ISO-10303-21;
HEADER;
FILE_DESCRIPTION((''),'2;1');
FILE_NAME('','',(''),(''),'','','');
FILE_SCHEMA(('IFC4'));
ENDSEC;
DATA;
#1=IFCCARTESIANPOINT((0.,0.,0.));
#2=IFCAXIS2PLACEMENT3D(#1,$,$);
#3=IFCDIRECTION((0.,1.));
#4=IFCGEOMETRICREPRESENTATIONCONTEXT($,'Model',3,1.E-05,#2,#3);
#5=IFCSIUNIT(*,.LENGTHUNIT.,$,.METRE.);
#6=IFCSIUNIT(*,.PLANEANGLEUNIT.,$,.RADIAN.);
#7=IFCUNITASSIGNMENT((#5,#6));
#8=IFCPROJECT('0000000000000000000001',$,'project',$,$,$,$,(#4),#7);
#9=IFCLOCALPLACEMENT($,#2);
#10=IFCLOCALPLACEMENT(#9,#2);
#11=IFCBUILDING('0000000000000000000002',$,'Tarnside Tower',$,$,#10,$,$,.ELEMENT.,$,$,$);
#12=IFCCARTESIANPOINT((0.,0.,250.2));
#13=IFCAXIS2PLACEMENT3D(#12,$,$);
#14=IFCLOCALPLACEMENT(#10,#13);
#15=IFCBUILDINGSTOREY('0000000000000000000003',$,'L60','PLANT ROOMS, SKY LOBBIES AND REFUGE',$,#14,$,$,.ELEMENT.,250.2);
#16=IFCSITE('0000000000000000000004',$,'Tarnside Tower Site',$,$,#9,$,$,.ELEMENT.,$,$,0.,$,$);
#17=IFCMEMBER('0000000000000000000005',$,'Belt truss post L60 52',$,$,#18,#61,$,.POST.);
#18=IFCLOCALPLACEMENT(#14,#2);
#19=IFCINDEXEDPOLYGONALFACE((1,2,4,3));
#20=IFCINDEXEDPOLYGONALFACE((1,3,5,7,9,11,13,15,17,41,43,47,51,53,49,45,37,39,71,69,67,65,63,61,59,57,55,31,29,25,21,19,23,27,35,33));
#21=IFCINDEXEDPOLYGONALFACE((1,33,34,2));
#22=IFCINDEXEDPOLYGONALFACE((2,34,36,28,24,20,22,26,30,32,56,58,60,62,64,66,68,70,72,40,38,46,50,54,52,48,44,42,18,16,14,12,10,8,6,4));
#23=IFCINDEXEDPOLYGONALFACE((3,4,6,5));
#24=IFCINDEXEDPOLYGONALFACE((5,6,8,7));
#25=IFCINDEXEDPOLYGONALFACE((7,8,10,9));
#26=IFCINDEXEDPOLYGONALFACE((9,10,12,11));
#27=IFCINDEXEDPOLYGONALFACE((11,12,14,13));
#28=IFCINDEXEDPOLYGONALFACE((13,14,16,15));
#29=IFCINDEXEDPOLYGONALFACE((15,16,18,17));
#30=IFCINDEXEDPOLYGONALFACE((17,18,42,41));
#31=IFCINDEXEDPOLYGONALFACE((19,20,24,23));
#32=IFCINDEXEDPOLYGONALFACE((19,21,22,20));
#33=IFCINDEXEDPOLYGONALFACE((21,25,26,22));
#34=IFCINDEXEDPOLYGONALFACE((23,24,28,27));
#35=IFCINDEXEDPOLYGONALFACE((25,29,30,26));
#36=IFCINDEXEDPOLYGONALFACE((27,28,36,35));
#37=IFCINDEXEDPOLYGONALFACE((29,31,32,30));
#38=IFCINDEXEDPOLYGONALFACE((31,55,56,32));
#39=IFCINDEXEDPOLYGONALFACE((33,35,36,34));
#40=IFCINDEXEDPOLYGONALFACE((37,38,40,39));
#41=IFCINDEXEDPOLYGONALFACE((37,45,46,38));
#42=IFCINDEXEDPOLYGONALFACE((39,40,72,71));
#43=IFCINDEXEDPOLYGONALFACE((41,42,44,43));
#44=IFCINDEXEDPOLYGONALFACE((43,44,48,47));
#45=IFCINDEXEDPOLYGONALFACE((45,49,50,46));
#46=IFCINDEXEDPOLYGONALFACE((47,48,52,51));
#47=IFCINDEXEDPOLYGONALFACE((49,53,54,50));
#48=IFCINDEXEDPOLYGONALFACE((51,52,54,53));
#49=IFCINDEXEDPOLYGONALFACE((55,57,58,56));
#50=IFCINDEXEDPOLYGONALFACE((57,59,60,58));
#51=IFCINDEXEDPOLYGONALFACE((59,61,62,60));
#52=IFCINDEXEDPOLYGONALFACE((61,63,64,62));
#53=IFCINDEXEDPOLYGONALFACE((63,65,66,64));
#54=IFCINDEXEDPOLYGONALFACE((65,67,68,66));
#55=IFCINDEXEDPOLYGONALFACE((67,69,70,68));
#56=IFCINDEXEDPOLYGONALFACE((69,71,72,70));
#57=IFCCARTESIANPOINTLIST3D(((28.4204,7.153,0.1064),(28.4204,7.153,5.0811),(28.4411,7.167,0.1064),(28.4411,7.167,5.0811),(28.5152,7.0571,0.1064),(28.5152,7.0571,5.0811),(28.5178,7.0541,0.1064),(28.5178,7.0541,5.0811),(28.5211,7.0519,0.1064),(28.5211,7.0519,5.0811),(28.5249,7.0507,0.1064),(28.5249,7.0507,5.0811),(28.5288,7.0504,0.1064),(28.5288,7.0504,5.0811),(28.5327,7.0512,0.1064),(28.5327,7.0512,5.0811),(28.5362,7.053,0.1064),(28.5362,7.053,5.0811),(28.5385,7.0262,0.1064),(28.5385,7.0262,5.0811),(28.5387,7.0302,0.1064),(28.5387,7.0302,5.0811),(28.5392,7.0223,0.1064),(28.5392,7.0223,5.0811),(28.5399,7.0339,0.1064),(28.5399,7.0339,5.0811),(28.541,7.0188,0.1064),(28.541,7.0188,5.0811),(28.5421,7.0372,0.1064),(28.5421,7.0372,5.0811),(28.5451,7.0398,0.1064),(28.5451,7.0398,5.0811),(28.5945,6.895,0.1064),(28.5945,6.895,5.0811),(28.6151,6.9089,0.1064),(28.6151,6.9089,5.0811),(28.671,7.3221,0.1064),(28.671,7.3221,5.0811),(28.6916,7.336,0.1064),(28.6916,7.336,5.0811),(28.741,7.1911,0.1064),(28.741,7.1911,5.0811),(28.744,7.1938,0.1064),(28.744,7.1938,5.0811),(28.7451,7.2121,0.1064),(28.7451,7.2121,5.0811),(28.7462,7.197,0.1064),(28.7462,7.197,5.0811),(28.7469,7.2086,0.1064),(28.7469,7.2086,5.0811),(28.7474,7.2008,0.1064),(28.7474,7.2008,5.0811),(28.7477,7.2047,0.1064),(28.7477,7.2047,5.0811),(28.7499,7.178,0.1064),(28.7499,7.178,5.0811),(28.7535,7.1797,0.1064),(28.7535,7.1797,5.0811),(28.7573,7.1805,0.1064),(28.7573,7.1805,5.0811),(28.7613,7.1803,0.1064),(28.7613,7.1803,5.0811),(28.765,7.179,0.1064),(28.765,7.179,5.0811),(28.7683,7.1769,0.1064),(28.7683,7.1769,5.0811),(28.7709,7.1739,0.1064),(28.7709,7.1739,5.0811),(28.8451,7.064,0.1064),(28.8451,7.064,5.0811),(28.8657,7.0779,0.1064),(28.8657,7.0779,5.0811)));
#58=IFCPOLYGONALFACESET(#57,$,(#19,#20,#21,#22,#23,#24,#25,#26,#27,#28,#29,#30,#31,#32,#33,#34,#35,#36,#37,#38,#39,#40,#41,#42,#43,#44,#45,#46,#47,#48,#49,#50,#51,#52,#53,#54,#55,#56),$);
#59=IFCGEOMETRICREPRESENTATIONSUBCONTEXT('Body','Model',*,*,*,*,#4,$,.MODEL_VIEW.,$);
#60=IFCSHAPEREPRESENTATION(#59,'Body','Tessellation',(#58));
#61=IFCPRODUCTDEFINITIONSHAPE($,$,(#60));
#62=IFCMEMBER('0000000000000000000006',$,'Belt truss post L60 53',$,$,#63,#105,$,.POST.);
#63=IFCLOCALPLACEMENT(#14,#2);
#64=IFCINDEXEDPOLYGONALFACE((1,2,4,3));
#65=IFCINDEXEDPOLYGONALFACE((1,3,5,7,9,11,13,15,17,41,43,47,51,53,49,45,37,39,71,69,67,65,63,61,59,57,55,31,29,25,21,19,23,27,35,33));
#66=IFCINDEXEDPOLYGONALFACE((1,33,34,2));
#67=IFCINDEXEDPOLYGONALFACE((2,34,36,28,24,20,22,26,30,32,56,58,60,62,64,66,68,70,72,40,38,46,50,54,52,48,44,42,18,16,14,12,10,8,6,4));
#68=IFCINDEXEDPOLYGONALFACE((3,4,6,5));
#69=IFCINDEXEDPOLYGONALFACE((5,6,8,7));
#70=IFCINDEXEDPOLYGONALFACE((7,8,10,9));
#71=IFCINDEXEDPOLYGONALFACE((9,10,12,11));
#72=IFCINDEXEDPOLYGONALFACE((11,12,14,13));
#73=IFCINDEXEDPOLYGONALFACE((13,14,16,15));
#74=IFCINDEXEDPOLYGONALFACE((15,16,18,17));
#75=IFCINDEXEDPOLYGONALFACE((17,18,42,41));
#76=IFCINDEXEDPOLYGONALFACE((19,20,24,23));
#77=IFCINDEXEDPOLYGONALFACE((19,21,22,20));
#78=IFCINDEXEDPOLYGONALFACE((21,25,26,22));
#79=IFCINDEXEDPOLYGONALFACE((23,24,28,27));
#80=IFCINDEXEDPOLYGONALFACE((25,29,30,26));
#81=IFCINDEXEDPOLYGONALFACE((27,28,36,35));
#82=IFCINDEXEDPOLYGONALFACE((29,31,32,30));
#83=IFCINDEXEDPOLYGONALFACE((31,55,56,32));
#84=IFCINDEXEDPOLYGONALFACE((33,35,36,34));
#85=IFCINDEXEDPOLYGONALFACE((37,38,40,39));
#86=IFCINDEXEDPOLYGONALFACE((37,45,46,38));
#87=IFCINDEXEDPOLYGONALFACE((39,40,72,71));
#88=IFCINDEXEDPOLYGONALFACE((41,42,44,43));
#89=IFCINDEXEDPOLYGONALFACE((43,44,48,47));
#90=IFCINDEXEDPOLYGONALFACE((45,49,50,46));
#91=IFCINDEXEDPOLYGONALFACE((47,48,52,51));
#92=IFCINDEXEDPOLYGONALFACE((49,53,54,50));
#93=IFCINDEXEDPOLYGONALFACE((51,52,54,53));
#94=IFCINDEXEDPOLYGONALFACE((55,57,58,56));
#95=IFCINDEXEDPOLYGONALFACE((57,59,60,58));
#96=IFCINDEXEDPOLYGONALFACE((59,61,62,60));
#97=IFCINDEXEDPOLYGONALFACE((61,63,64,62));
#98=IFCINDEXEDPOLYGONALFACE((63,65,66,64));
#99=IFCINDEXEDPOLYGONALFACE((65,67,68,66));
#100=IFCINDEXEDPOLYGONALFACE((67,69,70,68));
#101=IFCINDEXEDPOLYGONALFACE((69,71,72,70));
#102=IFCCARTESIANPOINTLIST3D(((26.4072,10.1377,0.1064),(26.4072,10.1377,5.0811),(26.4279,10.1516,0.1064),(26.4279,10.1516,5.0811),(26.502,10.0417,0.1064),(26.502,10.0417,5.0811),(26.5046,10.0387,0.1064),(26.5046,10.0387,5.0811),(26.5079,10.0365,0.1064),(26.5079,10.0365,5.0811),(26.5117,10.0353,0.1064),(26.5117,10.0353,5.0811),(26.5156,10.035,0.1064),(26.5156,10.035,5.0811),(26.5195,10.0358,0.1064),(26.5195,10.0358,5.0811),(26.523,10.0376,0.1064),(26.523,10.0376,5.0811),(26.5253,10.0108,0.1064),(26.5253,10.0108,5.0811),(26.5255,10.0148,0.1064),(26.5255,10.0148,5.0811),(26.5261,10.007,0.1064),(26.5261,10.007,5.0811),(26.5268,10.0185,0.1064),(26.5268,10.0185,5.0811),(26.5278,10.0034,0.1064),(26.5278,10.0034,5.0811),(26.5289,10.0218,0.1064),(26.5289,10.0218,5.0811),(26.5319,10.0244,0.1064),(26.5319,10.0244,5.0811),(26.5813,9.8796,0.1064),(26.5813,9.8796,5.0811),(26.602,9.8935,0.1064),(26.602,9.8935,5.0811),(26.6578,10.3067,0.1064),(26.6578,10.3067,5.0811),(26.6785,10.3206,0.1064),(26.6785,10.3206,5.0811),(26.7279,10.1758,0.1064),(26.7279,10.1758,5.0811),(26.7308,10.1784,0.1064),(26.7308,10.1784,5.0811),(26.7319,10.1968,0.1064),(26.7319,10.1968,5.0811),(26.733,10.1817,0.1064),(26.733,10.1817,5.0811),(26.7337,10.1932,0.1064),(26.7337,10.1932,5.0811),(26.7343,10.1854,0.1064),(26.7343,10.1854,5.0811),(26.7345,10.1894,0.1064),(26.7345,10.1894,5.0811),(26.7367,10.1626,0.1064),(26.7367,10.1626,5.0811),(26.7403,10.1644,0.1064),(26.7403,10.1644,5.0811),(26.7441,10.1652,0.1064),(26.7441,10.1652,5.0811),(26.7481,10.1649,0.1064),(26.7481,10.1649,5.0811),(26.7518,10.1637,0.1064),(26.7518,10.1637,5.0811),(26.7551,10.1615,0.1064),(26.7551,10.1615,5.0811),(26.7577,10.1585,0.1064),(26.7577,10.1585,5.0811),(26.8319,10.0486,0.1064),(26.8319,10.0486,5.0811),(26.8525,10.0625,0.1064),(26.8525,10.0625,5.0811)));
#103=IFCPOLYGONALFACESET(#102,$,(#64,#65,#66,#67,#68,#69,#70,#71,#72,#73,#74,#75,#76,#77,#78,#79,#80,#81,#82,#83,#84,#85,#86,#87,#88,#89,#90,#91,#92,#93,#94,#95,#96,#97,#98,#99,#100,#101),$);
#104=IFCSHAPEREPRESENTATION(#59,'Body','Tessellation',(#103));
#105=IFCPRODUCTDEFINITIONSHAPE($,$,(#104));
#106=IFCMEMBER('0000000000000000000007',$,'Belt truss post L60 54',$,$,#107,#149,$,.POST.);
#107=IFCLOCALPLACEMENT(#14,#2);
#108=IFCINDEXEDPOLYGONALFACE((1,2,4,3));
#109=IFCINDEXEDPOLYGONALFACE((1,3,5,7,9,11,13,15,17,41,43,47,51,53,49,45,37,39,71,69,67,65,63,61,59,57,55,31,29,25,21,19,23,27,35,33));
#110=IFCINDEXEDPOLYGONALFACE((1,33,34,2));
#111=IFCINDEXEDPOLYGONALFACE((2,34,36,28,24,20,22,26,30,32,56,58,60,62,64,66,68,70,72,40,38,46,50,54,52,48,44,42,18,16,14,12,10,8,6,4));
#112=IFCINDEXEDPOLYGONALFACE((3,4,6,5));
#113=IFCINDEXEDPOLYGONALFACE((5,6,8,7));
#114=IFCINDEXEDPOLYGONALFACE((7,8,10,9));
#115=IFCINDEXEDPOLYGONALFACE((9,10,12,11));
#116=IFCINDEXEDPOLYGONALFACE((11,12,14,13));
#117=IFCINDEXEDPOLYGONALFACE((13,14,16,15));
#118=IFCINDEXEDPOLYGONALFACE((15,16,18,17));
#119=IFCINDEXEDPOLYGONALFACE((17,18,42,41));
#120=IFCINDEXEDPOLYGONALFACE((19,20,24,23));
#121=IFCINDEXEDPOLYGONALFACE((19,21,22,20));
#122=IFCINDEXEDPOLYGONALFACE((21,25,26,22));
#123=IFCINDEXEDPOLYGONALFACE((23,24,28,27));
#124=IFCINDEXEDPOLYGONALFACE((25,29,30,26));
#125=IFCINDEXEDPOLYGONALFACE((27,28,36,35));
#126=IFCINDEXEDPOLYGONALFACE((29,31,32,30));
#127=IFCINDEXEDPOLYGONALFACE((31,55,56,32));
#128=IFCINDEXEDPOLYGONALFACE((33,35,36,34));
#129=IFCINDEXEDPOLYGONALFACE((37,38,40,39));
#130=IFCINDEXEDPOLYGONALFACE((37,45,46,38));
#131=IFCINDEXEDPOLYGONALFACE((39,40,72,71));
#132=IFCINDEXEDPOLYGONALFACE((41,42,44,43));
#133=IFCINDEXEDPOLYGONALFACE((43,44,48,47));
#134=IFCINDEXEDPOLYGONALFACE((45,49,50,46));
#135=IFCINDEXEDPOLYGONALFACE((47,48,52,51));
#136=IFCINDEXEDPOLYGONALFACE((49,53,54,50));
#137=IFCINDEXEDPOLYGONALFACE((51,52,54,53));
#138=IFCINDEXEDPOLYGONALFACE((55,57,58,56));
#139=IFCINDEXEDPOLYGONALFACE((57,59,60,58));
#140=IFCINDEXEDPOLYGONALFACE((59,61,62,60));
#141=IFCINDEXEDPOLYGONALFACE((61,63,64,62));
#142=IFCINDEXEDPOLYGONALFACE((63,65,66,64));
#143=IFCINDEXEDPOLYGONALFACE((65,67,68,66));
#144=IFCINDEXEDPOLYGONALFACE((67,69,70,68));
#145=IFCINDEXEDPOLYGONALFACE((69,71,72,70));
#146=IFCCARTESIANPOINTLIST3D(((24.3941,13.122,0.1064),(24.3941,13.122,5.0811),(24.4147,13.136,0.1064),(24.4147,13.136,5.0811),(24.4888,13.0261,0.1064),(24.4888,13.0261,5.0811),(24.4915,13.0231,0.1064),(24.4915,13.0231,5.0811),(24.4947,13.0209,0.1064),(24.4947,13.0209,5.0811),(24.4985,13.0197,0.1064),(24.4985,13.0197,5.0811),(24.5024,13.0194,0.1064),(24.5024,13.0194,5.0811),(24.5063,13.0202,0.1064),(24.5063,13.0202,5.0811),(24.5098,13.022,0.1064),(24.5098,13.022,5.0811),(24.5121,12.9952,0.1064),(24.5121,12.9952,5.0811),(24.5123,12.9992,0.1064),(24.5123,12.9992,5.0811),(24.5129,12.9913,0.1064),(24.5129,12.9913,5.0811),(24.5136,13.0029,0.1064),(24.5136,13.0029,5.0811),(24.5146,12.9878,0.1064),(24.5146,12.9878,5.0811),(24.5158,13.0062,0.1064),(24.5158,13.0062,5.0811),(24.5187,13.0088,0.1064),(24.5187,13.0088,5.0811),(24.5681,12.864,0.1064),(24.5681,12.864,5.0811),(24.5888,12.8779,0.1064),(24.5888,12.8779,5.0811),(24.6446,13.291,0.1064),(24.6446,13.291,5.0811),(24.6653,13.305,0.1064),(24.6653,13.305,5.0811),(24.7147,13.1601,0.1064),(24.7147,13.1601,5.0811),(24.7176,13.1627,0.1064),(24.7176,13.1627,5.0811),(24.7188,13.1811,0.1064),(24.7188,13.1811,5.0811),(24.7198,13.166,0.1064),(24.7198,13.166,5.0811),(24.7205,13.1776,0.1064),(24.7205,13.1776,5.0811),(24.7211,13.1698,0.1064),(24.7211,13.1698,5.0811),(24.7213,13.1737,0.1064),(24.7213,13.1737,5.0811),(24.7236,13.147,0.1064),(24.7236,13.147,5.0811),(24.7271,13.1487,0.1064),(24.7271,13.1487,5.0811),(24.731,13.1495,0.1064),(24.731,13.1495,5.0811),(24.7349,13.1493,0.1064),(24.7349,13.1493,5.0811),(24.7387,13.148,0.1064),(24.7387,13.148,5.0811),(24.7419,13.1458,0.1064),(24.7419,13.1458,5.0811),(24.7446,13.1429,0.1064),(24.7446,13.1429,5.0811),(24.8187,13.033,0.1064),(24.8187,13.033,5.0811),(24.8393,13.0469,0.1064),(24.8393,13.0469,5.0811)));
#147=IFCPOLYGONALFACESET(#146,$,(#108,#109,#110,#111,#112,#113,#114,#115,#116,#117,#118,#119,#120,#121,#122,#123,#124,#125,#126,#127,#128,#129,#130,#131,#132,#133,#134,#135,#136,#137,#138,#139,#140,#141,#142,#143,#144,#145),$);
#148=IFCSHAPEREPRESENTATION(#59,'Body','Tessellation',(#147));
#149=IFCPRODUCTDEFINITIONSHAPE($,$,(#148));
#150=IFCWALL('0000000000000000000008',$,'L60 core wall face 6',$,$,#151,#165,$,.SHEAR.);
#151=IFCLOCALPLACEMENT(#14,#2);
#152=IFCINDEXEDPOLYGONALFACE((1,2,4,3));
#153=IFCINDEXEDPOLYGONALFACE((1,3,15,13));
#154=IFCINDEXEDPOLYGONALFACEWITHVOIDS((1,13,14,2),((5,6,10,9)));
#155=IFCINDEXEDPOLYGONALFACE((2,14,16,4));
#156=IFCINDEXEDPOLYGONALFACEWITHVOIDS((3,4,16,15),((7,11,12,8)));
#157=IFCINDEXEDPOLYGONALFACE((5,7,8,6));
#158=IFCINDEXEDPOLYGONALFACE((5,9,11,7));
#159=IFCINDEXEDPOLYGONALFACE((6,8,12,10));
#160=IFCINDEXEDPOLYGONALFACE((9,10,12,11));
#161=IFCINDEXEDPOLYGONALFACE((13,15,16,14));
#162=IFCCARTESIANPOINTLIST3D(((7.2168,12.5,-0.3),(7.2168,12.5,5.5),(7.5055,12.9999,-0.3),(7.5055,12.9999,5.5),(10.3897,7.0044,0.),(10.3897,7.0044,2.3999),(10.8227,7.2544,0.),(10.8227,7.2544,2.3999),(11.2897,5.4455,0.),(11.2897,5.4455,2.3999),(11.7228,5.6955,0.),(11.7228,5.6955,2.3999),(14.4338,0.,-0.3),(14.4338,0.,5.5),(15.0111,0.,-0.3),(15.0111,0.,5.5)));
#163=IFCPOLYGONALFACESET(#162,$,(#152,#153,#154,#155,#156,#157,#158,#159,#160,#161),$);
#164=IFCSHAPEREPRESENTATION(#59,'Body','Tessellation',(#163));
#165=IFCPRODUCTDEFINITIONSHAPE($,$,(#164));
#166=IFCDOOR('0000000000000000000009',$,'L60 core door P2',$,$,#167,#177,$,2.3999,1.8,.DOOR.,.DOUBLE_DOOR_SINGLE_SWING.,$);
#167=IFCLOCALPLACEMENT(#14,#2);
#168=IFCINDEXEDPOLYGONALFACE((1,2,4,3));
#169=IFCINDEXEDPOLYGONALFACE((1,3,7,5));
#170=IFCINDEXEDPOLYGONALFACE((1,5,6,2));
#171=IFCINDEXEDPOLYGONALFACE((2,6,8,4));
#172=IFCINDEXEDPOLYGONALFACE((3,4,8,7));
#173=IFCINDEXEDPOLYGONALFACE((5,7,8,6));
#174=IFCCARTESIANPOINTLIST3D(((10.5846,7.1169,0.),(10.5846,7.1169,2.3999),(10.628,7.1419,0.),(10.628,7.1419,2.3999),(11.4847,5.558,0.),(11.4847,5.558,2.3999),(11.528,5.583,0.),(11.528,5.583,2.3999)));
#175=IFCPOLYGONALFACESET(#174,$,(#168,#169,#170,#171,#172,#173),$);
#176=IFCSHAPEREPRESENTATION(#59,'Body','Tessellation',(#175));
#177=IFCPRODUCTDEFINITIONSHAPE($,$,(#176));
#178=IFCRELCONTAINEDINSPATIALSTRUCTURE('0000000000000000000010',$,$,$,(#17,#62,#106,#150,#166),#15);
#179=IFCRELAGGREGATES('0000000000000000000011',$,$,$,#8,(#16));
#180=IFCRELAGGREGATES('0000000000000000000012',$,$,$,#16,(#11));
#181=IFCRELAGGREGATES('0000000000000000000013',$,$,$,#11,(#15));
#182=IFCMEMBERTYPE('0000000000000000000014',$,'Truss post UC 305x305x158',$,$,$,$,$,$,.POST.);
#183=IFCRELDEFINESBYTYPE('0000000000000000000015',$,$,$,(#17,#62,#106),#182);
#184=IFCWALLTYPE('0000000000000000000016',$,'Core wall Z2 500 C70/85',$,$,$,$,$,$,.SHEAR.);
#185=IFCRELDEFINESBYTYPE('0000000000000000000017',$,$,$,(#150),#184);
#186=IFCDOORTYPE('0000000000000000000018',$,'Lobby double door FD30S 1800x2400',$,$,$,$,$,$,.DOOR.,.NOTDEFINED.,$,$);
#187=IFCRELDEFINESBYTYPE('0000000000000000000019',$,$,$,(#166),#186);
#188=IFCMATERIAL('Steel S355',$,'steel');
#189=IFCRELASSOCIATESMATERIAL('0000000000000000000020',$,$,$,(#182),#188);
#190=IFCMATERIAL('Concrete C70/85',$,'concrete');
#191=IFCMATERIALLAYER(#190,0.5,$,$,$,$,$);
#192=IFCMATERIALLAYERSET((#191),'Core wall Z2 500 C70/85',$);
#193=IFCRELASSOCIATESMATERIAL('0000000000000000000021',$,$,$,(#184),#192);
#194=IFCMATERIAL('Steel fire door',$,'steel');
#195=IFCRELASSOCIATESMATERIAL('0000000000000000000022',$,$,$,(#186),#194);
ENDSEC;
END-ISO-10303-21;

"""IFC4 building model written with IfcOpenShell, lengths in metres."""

from ifc_helpers import new_model, si_unit, direction, frame, frame_2d, origin, origin_2d, place, context, subcontext, project, spatial, polyline, rectangle, i_section, outline, extrude, material, layer, layer_set, material_profile, profile_set, type_object, element, fill, save


model = new_model("IFC4")

# Units and contexts
model_context = context("Model", 3, precision=1e-05, world=origin(), true_north=direction((0.0, 1.0)))
body_context = subcontext(model_context, "Body", "Model", "MODEL_VIEW")
ifc_project = project(units=[si_unit("LENGTHUNIT", "METRE"), si_unit("PLANEANGLEUNIT", "RADIAN")], contexts=[model_context])

# Site, building, storey
site_placement = place(None, origin())
site = spatial("IfcSite", under=ifc_project, at=site_placement, Name="Tarnside Tower Site", CompositionType="ELEMENT", RefElevation=0.0)
building_placement = place(site_placement, origin())
building = spatial("IfcBuilding", under=site, at=building_placement, Name="Tarnside Tower", CompositionType="ELEMENT")
storey_placement = place(building_placement, frame((0.0, 0.0, 250.2)))
storey = spatial("IfcBuildingStorey", under=building, at=storey_placement, Name="L60", Description="PLANT ROOMS, SKY LOBBIES AND REFUGE", CompositionType="ELEMENT", Elevation=250.2)

# Shared definitions
ifc_material_1 = material(Name="Steel S355", Category="steel")

# Members
ifc_material_profile_1 = material_profile(ifc_material_1, i_section(OverallWidth=0.3113, OverallDepth=0.3271, WebThickness=0.0159, FlangeThickness=0.0249, FilletRadius=0.0151, at=origin_2d()), Name="UC 305x305x158")
ifc_profile_set_1 = profile_set([ifc_material_profile_1], Name="Steel S355")
member_type_1 = type_object("IfcMemberType", Name="Truss post UC 305x305x158", PredefinedType="POST", material=ifc_profile_set_1)
for number, where, z_axis, x_axis, name in (
    (1, (28.6431, 7.1155, 0.1064), (0.0, 0.0, 1.0), (-0.559193, 0.829038, 0.0), "Belt truss post L60 52"),
    (2, (26.6299, 10.1001, 0.1064), (0.0, 0.0, 1.0), (-0.559193, 0.829038, 0.0), "Belt truss post L60 53"),
    (3, (24.6167, 13.0845, 0.1064), (0.0, 0.0, 1.0), (-0.559193, 0.829038, 0.0), "Belt truss post L60 54"),
):
    element("IfcMember", number, at=place(storey_placement, frame(where, z_axis=z_axis, x_axis=x_axis)), inside=storey, type_object=member_type_1, Name=name, PredefinedType="POST", context=body_context, shape_type="SweptSolid", body=[
        extrude(i_section(OverallWidth=0.3113, OverallDepth=0.3271, WebThickness=0.0159, FlangeThickness=0.0249, FilletRadius=0.0151, at=origin_2d()), origin(), (0.0, 0.0, 1.0), 4.9746),
    ])

# Wall, opening, door
ifc_material_2 = material(Name="Concrete C70/85", Category="concrete")
ifc_layer_1 = layer(ifc_material_2, 0.5)
ifc_layer_set_1 = layer_set([ifc_layer_1], Name="Core wall Z2 500 C70/85")
wall_type_1 = type_object("IfcWallType", Name="Core wall Z2 500 C70/85", PredefinedType="SHEAR", material=ifc_layer_set_1)
wall_1_placement = place(storey_placement, frame((14.7224, 0.0, -0.3), z_axis=(0.0, 0.0, 1.0), x_axis=(-0.500006, 0.866022, 0.0)))
wall_1 = element("IfcWall", 4, at=wall_1_placement, inside=storey, type_object=wall_type_1, Name="L60 core wall face 6", PredefinedType="SHEAR", context=body_context, shape_type="SweptSolid", body=[
    extrude(outline(polyline([(-0.1443, -0.25), (14.8667, -0.25), (14.5781, 0.25), (0.1443, 0.25), (-0.1443, -0.25)])), origin(), (0.0, 0.0, 1.0), 5.8),
])
opening_1_placement = place(wall_1_placement, frame((6.4324, 0.0, 0.3)))
opening_1 = element("IfcOpeningElement", 5, at=opening_1_placement, cuts=wall_1, PredefinedType="OPENING", context=body_context, shape_type="SweptSolid", body=[
    extrude(rectangle(XDim=1.8, YDim=2.3999, at=frame_2d((0.8999, 1.2))), frame((0.0, 0.26, 0.0), z_axis=(0.0, -1.0, 0.0), x_axis=(1.0, 0.0, 0.0)), (0.0, 0.0, 1.0), 0.52),
])
ifc_material_3 = material(Name="Steel fire door", Category="steel")
door_type_1 = type_object("IfcDoorType", Name="Lobby double door FD30S 1800x2400", OperationType="NOTDEFINED", PredefinedType="DOOR", material=ifc_material_3)
door_1_placement = place(opening_1_placement, origin())
door_1 = element("IfcDoor", 6, at=door_1_placement, inside=storey, type_object=door_type_1, Name="L60 core door P2", OperationType="DOUBLE_DOOR_SINGLE_SWING", OverallHeight=2.3999, OverallWidth=1.8, PredefinedType="DOOR", context=body_context, shape_type="SweptSolid", body=[
    extrude(rectangle(XDim=1.8, YDim=2.3999, at=frame_2d((0.8999, 1.2))), frame((0.0, 0.0249, 0.0), z_axis=(0.0, -1.0, 0.0), x_axis=(1.0, 0.0, 0.0)), (0.0, 0.0, 1.0), 0.05),
])
fill(opening_1, door_1)

save(model, "model.ifc")
